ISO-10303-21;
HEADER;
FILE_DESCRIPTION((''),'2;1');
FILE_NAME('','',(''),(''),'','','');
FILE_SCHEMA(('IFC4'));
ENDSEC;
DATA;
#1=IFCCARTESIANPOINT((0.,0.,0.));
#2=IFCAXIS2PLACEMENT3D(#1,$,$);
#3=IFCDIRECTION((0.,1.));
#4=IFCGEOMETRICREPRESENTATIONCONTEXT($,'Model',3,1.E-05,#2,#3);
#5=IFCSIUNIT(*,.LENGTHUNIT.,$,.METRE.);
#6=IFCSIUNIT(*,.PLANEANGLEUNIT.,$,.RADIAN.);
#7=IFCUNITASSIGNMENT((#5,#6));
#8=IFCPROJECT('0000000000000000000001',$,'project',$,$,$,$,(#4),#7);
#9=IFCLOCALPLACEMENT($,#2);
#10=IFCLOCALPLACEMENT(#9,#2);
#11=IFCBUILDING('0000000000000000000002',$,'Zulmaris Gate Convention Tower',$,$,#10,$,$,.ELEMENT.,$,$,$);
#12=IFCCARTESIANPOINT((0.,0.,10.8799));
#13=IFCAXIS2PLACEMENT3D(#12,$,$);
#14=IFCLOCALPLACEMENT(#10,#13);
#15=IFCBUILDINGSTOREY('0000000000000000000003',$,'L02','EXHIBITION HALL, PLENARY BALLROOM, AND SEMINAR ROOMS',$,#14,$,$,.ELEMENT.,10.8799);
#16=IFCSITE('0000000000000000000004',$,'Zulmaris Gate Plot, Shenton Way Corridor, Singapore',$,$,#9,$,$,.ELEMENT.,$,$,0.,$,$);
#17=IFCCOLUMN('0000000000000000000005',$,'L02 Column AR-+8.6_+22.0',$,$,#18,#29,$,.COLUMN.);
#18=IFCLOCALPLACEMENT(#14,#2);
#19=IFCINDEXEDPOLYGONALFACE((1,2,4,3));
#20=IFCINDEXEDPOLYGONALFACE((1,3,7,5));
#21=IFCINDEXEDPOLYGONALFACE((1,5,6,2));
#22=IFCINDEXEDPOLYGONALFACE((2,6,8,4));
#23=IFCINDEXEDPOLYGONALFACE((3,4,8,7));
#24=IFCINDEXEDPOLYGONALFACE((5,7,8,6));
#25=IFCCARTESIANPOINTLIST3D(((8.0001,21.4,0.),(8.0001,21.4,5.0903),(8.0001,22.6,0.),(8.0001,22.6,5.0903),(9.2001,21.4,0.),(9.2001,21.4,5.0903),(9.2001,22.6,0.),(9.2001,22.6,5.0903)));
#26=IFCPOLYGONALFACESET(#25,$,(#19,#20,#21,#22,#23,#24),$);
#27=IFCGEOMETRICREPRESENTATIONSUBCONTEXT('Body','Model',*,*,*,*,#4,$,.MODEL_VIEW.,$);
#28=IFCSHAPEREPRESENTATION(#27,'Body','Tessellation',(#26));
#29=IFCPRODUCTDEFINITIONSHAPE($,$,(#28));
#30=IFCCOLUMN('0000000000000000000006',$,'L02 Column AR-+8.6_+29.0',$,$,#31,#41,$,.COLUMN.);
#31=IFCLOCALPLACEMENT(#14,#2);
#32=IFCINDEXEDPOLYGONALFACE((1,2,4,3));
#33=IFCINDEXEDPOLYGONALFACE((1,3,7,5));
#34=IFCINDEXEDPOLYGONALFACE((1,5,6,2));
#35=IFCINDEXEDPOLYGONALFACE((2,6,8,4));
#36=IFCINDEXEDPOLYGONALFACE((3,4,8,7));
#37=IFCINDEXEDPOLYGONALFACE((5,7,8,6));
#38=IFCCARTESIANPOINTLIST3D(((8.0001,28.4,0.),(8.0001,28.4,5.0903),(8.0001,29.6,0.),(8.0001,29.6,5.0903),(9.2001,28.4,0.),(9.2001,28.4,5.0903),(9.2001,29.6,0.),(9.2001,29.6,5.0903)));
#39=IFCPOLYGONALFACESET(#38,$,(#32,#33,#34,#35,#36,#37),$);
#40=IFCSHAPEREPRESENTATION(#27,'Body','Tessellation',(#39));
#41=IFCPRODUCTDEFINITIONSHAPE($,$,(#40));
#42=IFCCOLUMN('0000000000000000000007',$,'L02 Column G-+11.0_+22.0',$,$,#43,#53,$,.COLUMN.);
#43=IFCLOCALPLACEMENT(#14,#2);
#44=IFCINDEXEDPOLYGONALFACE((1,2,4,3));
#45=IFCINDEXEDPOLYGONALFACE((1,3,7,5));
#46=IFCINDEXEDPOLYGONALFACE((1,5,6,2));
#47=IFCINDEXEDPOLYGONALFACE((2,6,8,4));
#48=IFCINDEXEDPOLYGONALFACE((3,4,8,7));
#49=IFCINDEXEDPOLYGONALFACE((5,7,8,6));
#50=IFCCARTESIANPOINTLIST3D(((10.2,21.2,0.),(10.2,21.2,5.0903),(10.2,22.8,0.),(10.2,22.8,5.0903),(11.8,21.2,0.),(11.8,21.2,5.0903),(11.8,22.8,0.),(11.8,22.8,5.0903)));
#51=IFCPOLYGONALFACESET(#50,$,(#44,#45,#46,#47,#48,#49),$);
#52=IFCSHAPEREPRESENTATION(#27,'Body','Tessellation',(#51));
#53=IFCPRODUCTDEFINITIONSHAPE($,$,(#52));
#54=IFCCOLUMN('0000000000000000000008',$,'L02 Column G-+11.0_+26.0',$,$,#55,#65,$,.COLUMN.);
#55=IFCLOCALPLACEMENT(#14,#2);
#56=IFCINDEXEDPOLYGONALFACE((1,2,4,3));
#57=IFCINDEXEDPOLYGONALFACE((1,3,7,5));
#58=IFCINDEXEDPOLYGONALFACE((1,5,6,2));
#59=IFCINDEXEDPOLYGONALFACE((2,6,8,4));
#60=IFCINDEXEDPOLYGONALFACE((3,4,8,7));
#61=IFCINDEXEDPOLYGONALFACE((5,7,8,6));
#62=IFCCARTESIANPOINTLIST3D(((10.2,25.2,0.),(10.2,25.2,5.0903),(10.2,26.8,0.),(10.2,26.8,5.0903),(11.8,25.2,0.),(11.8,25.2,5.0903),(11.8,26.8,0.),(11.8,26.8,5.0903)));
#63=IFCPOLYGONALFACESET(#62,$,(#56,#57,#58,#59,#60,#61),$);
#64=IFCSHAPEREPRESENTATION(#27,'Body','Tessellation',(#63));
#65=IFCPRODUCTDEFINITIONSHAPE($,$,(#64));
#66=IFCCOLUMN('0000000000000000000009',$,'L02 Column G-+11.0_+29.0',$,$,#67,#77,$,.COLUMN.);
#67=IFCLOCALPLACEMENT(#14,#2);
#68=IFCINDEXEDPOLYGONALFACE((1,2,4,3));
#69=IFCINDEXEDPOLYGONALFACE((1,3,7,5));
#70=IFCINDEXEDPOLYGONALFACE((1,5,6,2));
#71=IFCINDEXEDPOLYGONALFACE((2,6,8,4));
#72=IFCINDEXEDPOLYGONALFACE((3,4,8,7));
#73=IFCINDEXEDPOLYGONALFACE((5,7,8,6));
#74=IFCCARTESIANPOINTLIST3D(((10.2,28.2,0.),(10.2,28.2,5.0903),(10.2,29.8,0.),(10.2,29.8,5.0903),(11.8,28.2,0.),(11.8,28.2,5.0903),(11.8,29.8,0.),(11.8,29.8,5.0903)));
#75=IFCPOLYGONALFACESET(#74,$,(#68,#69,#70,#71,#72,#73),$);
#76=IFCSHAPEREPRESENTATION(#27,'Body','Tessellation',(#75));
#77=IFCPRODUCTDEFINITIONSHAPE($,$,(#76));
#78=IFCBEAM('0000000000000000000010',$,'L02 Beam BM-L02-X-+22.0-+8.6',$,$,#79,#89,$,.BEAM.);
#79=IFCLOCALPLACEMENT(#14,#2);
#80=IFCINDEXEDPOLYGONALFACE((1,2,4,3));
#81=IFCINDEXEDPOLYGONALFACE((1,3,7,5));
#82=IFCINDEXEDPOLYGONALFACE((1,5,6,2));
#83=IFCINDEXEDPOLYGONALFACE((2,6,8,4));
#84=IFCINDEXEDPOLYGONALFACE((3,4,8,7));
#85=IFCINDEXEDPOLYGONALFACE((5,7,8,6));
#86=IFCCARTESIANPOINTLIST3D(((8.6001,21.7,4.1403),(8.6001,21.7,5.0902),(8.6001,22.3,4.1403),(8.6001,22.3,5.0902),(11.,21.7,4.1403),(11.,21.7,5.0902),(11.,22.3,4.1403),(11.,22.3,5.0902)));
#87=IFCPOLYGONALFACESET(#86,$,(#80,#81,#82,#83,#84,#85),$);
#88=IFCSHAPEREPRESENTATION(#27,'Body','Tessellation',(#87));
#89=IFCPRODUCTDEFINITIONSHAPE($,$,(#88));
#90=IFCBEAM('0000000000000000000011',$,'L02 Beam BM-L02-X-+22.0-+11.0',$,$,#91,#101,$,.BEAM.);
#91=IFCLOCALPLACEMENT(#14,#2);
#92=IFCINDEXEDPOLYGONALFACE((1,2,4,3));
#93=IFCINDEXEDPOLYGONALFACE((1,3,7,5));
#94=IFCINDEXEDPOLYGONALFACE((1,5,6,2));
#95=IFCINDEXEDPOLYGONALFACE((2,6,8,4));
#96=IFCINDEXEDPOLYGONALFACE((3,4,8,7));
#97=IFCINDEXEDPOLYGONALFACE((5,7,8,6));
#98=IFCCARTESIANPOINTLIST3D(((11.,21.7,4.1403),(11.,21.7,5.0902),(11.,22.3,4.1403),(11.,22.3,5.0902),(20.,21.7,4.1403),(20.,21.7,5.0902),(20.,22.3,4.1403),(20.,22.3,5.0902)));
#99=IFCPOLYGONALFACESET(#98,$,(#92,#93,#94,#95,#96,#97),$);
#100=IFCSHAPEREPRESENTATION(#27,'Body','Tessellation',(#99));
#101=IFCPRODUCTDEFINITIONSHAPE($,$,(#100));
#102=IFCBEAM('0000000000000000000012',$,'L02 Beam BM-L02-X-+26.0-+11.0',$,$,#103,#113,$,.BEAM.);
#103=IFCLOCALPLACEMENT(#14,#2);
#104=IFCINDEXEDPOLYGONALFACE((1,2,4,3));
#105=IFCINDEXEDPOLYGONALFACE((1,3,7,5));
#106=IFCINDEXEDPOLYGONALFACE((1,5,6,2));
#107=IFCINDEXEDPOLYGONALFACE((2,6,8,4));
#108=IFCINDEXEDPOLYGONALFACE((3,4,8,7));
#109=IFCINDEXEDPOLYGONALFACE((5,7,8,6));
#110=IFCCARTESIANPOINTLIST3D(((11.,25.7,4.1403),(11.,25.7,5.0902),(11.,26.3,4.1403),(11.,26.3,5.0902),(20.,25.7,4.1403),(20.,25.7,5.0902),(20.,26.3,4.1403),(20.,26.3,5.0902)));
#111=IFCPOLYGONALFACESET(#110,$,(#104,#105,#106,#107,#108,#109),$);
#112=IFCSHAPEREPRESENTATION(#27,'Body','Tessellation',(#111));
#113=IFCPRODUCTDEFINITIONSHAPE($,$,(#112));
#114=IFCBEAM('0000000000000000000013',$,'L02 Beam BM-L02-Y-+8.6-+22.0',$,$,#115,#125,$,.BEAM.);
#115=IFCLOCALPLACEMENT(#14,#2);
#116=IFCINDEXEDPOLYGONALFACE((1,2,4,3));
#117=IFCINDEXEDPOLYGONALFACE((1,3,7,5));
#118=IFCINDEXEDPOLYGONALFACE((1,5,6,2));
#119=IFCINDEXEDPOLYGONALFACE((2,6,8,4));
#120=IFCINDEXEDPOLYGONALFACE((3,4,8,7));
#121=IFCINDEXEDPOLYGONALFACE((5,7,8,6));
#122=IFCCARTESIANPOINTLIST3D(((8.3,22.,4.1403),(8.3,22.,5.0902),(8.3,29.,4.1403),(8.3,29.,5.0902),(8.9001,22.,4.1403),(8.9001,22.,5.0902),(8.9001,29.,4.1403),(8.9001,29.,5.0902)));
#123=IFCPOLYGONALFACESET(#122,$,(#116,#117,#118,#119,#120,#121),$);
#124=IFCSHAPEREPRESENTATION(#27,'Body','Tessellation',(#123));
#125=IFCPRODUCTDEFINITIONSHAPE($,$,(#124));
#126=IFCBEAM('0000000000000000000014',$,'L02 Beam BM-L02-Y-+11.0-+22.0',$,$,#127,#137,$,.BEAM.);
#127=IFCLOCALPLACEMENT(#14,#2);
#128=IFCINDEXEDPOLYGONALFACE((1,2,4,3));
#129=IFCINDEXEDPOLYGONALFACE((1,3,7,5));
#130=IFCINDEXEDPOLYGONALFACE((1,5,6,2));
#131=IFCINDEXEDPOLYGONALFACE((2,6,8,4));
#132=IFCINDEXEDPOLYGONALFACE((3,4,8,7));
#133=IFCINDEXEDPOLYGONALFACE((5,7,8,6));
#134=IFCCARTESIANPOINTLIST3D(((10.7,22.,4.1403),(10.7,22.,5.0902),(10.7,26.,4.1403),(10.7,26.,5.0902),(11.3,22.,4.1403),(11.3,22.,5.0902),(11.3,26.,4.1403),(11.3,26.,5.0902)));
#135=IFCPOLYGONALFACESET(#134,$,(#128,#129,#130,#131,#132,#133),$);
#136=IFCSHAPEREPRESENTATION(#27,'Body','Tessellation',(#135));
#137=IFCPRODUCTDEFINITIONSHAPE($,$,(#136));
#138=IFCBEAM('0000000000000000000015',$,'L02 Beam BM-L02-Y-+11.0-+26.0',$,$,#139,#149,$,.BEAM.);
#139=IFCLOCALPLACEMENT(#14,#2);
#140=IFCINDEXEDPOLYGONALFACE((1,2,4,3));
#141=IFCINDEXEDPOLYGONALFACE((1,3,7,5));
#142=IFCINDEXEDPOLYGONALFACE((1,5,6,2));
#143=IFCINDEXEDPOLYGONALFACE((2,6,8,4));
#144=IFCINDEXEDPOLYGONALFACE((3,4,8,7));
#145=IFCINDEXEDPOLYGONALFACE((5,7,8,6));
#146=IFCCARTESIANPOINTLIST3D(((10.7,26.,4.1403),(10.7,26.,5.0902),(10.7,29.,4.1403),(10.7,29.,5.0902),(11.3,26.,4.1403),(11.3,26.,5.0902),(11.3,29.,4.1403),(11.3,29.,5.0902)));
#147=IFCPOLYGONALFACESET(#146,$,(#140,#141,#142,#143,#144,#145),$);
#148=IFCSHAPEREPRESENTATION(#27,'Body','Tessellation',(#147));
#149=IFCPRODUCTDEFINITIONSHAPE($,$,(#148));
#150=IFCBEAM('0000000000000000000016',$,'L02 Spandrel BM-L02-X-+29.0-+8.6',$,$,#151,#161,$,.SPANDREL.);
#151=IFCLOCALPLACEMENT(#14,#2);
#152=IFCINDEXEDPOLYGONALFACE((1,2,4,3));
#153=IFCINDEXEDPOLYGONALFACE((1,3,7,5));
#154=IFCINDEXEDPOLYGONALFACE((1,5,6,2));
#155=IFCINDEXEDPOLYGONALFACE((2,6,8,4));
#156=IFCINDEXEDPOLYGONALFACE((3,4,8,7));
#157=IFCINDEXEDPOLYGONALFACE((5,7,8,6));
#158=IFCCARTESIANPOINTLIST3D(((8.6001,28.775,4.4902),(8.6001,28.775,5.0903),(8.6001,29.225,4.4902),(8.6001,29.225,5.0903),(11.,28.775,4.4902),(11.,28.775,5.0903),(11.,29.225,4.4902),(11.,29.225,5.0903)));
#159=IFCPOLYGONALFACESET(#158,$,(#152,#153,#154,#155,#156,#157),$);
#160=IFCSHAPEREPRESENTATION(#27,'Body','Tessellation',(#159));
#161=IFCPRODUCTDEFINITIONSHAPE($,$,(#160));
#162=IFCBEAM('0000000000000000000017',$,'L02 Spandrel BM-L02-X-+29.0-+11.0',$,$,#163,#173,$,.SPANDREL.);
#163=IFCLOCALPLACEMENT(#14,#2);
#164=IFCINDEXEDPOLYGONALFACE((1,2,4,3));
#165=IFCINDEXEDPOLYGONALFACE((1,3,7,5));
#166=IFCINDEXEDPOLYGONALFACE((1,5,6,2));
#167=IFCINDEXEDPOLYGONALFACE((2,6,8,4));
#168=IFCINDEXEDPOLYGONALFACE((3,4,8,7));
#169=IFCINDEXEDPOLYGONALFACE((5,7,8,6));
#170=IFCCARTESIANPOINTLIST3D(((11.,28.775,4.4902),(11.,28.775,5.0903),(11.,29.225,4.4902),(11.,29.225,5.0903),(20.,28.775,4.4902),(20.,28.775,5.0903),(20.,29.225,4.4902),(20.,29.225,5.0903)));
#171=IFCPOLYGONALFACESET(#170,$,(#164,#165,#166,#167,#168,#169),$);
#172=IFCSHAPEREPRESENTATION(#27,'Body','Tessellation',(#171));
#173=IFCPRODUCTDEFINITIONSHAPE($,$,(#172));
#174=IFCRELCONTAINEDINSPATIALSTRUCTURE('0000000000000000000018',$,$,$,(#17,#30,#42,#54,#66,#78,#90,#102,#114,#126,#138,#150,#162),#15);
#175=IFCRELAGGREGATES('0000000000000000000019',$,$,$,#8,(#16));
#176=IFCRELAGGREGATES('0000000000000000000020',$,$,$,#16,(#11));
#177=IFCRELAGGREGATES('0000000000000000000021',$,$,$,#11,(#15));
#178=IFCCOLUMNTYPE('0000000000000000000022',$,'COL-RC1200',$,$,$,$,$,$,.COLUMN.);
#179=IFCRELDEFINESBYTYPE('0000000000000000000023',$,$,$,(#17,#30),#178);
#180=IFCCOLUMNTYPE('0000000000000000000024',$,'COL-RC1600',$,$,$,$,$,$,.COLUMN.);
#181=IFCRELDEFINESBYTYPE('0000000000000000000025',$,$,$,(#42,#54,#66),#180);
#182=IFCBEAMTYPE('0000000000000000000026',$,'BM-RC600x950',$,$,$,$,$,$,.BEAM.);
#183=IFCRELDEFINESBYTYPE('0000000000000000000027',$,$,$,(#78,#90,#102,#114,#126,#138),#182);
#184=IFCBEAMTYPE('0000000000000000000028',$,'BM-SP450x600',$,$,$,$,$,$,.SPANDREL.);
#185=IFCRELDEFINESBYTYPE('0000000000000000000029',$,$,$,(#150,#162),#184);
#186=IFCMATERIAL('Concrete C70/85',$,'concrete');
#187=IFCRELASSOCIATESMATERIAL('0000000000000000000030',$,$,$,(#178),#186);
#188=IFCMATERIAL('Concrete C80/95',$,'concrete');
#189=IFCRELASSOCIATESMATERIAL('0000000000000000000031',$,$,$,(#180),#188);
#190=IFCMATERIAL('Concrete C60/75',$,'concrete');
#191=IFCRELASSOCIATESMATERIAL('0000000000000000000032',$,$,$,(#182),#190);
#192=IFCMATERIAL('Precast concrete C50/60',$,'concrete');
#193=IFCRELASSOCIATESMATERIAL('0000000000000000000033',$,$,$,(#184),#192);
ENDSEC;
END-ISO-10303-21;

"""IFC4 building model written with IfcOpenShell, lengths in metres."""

from ifc_helpers import new_model, si_unit, direction, frame, origin, origin_2d, place, context, subcontext, project, spatial, rectangle, extrude, material, material_profile, profile_set, type_object, element, save


model = new_model("IFC4")

# Units and contexts
model_context = context("Model", 3, precision=1e-05, world=origin(), true_north=direction((0.0, 1.0)))
body_context = subcontext(model_context, "Body", "Model", "MODEL_VIEW")
ifc_project = project(units=[si_unit("LENGTHUNIT", "METRE"), si_unit("PLANEANGLEUNIT", "RADIAN")], contexts=[model_context])

# Site, building, storey
site_placement = place(None, origin())
site = spatial("IfcSite", under=ifc_project, at=site_placement, Name="Zulmaris Gate Plot, Shenton Way Corridor, Singapore", CompositionType="ELEMENT", RefElevation=0.0)
building_placement = place(site_placement, origin())
building = spatial("IfcBuilding", under=site, at=building_placement, Name="Zulmaris Gate Convention Tower", CompositionType="ELEMENT")
storey_placement = place(building_placement, frame((0.0, 0.0, 10.8799)))
storey = spatial("IfcBuildingStorey", under=building, at=storey_placement, Name="L02", Description="EXHIBITION HALL, PLENARY BALLROOM, AND SEMINAR ROOMS", CompositionType="ELEMENT", Elevation=10.8799)

# Columns
ifc_material_1 = material(Name="Concrete C70/85", Category="concrete")
ifc_material_profile_1 = material_profile(ifc_material_1, rectangle(XDim=1.2, YDim=1.2, at=origin_2d()), Name="RC COL 1200x1200")
ifc_profile_set_1 = profile_set([ifc_material_profile_1], Name="Concrete C70/85")
column_type_1 = type_object("IfcColumnType", Name="COL-RC1200", PredefinedType="COLUMN", material=ifc_profile_set_1)
for number, where, z_axis, x_axis, name in (
    (1, (8.6001, 22.0, 0.0), (0.0, 0.0, 1.0), (1.0, 0.0, 0.0), "L02 Column AR-+8.6_+22.0"),
    (2, (8.6001, 29.0, 0.0), (0.0, 0.0, 1.0), (1.0, 0.0, 0.0), "L02 Column AR-+8.6_+29.0"),
):
    element("IfcColumn", number, at=place(storey_placement, frame(where, z_axis=z_axis, x_axis=x_axis)), inside=storey, type_object=column_type_1, Name=name, PredefinedType="COLUMN", context=body_context, shape_type="SweptSolid", body=[
        extrude(rectangle(XDim=1.2, YDim=1.2, at=origin_2d()), origin(), (0.0, 0.0, 1.0), 5.0903),
    ])
ifc_material_2 = material(Name="Concrete C80/95", Category="concrete")
ifc_material_profile_2 = material_profile(ifc_material_2, rectangle(XDim=1.6001, YDim=1.6001, at=origin_2d()), Name="RC COL 1600x1600")
ifc_profile_set_2 = profile_set([ifc_material_profile_2], Name="Concrete C80/95")
column_type_2 = type_object("IfcColumnType", Name="COL-RC1600", PredefinedType="COLUMN", material=ifc_profile_set_2)
for number, where, z_axis, x_axis, name in (
    (3, (11.0, 22.0, 0.0), (0.0, 0.0, 1.0), (1.0, 0.0, 0.0), "L02 Column G-+11.0_+22.0"),
    (4, (11.0, 26.0, 0.0), (0.0, 0.0, 1.0), (1.0, 0.0, 0.0), "L02 Column G-+11.0_+26.0"),
    (5, (11.0, 29.0, 0.0), (0.0, 0.0, 1.0), (1.0, 0.0, 0.0), "L02 Column G-+11.0_+29.0"),
):
    element("IfcColumn", number, at=place(storey_placement, frame(where, z_axis=z_axis, x_axis=x_axis)), inside=storey, type_object=column_type_2, Name=name, PredefinedType="COLUMN", context=body_context, shape_type="SweptSolid", body=[
        extrude(rectangle(XDim=1.6001, YDim=1.6001, at=origin_2d()), origin(), (0.0, 0.0, 1.0), 5.0903),
    ])

# Beams
ifc_material_3 = material(Name="Concrete C60/75", Category="concrete")
ifc_material_profile_3 = material_profile(ifc_material_3, rectangle(XDim=0.6001, YDim=0.95, at=origin_2d()), Name="RC BEAM 600x950")
ifc_profile_set_3 = profile_set([ifc_material_profile_3], Name="Concrete C60/75")
beam_type_1 = type_object("IfcBeamType", Name="BM-RC600x950", PredefinedType="BEAM", material=ifc_profile_set_3)
beam_1_placement = place(storey_placement, frame((8.6001, 22.0, 4.6152), z_axis=(1.0, 0.0, 0.0), x_axis=(0.0, 1.0, 0.0)))
element("IfcBeam", 6, at=beam_1_placement, inside=storey, type_object=beam_type_1, Name="L02 Beam BM-L02-X-+22.0-+8.6", PredefinedType="BEAM", context=body_context, shape_type="SweptSolid", body=[
    extrude(rectangle(XDim=0.6001, YDim=0.95, at=origin_2d()), origin(), (0.0, 0.0, 1.0), 2.3999),
])
for number, where, z_axis, x_axis, name in (
    (7, (11.0, 22.0, 4.6152), (1.0, 0.0, 0.0), (0.0, 1.0, 0.0), "L02 Beam BM-L02-X-+22.0-+11.0"),
    (8, (11.0, 26.0, 4.6152), (1.0, 0.0, 0.0), (0.0, 1.0, 0.0), "L02 Beam BM-L02-X-+26.0-+11.0"),
):
    element("IfcBeam", number, at=place(storey_placement, frame(where, z_axis=z_axis, x_axis=x_axis)), inside=storey, type_object=beam_type_1, Name=name, PredefinedType="BEAM", context=body_context, shape_type="SweptSolid", body=[
        extrude(rectangle(XDim=0.6001, YDim=0.95, at=origin_2d()), origin(), (0.0, 0.0, 1.0), 9.0),
    ])
beam_2_placement = place(storey_placement, frame((8.6001, 22.0, 4.6152), z_axis=(0.0, 1.0, 0.0), x_axis=(-1.0, 0.0, 0.0)))
element("IfcBeam", 9, at=beam_2_placement, inside=storey, type_object=beam_type_1, Name="L02 Beam BM-L02-Y-+8.6-+22.0", PredefinedType="BEAM", context=body_context, shape_type="SweptSolid", body=[
    extrude(rectangle(XDim=0.6001, YDim=0.95, at=origin_2d()), origin(), (0.0, 0.0, 1.0), 7.0),
])
beam_3_placement = place(storey_placement, frame((11.0, 22.0, 4.6152), z_axis=(0.0, 1.0, 0.0), x_axis=(-1.0, 0.0, 0.0)))
element("IfcBeam", 10, at=beam_3_placement, inside=storey, type_object=beam_type_1, Name="L02 Beam BM-L02-Y-+11.0-+22.0", PredefinedType="BEAM", context=body_context, shape_type="SweptSolid", body=[
    extrude(rectangle(XDim=0.6001, YDim=0.95, at=origin_2d()), origin(), (0.0, 0.0, 1.0), 4.0),
])
beam_4_placement = place(storey_placement, frame((11.0, 26.0, 4.6152), z_axis=(0.0, 1.0, 0.0), x_axis=(-1.0, 0.0, 0.0)))
element("IfcBeam", 11, at=beam_4_placement, inside=storey, type_object=beam_type_1, Name="L02 Beam BM-L02-Y-+11.0-+26.0", PredefinedType="BEAM", context=body_context, shape_type="SweptSolid", body=[
    extrude(rectangle(XDim=0.6001, YDim=0.95, at=origin_2d()), origin(), (0.0, 0.0, 1.0), 3.0),
])
ifc_material_4 = material(Name="Precast concrete C50/60", Category="concrete")
ifc_material_profile_4 = material_profile(ifc_material_4, rectangle(XDim=0.45, YDim=0.6001, at=origin_2d()), Name="RC SPANDREL 450x600")
ifc_profile_set_4 = profile_set([ifc_material_profile_4], Name="Precast concrete C50/60")
beam_type_2 = type_object("IfcBeamType", Name="BM-SP450x600", PredefinedType="SPANDREL", material=ifc_profile_set_4)
beam_5_placement = place(storey_placement, frame((8.6001, 29.0, 4.7903), z_axis=(1.0, 0.0, 0.0), x_axis=(0.0, 1.0, 0.0)))
element("IfcBeam", 12, at=beam_5_placement, inside=storey, type_object=beam_type_2, Name="L02 Spandrel BM-L02-X-+29.0-+8.6", PredefinedType="SPANDREL", context=body_context, shape_type="SweptSolid", body=[
    extrude(rectangle(XDim=0.45, YDim=0.6001, at=origin_2d()), origin(), (0.0, 0.0, 1.0), 2.3999),
])
beam_6_placement = place(storey_placement, frame((11.0, 29.0, 4.7903), z_axis=(1.0, 0.0, 0.0), x_axis=(0.0, 1.0, 0.0)))
element("IfcBeam", 13, at=beam_6_placement, inside=storey, type_object=beam_type_2, Name="L02 Spandrel BM-L02-X-+29.0-+11.0", PredefinedType="SPANDREL", context=body_context, shape_type="SweptSolid", body=[
    extrude(rectangle(XDim=0.45, YDim=0.6001, at=origin_2d()), origin(), (0.0, 0.0, 1.0), 9.0),
])

save(model, "model.ifc")
